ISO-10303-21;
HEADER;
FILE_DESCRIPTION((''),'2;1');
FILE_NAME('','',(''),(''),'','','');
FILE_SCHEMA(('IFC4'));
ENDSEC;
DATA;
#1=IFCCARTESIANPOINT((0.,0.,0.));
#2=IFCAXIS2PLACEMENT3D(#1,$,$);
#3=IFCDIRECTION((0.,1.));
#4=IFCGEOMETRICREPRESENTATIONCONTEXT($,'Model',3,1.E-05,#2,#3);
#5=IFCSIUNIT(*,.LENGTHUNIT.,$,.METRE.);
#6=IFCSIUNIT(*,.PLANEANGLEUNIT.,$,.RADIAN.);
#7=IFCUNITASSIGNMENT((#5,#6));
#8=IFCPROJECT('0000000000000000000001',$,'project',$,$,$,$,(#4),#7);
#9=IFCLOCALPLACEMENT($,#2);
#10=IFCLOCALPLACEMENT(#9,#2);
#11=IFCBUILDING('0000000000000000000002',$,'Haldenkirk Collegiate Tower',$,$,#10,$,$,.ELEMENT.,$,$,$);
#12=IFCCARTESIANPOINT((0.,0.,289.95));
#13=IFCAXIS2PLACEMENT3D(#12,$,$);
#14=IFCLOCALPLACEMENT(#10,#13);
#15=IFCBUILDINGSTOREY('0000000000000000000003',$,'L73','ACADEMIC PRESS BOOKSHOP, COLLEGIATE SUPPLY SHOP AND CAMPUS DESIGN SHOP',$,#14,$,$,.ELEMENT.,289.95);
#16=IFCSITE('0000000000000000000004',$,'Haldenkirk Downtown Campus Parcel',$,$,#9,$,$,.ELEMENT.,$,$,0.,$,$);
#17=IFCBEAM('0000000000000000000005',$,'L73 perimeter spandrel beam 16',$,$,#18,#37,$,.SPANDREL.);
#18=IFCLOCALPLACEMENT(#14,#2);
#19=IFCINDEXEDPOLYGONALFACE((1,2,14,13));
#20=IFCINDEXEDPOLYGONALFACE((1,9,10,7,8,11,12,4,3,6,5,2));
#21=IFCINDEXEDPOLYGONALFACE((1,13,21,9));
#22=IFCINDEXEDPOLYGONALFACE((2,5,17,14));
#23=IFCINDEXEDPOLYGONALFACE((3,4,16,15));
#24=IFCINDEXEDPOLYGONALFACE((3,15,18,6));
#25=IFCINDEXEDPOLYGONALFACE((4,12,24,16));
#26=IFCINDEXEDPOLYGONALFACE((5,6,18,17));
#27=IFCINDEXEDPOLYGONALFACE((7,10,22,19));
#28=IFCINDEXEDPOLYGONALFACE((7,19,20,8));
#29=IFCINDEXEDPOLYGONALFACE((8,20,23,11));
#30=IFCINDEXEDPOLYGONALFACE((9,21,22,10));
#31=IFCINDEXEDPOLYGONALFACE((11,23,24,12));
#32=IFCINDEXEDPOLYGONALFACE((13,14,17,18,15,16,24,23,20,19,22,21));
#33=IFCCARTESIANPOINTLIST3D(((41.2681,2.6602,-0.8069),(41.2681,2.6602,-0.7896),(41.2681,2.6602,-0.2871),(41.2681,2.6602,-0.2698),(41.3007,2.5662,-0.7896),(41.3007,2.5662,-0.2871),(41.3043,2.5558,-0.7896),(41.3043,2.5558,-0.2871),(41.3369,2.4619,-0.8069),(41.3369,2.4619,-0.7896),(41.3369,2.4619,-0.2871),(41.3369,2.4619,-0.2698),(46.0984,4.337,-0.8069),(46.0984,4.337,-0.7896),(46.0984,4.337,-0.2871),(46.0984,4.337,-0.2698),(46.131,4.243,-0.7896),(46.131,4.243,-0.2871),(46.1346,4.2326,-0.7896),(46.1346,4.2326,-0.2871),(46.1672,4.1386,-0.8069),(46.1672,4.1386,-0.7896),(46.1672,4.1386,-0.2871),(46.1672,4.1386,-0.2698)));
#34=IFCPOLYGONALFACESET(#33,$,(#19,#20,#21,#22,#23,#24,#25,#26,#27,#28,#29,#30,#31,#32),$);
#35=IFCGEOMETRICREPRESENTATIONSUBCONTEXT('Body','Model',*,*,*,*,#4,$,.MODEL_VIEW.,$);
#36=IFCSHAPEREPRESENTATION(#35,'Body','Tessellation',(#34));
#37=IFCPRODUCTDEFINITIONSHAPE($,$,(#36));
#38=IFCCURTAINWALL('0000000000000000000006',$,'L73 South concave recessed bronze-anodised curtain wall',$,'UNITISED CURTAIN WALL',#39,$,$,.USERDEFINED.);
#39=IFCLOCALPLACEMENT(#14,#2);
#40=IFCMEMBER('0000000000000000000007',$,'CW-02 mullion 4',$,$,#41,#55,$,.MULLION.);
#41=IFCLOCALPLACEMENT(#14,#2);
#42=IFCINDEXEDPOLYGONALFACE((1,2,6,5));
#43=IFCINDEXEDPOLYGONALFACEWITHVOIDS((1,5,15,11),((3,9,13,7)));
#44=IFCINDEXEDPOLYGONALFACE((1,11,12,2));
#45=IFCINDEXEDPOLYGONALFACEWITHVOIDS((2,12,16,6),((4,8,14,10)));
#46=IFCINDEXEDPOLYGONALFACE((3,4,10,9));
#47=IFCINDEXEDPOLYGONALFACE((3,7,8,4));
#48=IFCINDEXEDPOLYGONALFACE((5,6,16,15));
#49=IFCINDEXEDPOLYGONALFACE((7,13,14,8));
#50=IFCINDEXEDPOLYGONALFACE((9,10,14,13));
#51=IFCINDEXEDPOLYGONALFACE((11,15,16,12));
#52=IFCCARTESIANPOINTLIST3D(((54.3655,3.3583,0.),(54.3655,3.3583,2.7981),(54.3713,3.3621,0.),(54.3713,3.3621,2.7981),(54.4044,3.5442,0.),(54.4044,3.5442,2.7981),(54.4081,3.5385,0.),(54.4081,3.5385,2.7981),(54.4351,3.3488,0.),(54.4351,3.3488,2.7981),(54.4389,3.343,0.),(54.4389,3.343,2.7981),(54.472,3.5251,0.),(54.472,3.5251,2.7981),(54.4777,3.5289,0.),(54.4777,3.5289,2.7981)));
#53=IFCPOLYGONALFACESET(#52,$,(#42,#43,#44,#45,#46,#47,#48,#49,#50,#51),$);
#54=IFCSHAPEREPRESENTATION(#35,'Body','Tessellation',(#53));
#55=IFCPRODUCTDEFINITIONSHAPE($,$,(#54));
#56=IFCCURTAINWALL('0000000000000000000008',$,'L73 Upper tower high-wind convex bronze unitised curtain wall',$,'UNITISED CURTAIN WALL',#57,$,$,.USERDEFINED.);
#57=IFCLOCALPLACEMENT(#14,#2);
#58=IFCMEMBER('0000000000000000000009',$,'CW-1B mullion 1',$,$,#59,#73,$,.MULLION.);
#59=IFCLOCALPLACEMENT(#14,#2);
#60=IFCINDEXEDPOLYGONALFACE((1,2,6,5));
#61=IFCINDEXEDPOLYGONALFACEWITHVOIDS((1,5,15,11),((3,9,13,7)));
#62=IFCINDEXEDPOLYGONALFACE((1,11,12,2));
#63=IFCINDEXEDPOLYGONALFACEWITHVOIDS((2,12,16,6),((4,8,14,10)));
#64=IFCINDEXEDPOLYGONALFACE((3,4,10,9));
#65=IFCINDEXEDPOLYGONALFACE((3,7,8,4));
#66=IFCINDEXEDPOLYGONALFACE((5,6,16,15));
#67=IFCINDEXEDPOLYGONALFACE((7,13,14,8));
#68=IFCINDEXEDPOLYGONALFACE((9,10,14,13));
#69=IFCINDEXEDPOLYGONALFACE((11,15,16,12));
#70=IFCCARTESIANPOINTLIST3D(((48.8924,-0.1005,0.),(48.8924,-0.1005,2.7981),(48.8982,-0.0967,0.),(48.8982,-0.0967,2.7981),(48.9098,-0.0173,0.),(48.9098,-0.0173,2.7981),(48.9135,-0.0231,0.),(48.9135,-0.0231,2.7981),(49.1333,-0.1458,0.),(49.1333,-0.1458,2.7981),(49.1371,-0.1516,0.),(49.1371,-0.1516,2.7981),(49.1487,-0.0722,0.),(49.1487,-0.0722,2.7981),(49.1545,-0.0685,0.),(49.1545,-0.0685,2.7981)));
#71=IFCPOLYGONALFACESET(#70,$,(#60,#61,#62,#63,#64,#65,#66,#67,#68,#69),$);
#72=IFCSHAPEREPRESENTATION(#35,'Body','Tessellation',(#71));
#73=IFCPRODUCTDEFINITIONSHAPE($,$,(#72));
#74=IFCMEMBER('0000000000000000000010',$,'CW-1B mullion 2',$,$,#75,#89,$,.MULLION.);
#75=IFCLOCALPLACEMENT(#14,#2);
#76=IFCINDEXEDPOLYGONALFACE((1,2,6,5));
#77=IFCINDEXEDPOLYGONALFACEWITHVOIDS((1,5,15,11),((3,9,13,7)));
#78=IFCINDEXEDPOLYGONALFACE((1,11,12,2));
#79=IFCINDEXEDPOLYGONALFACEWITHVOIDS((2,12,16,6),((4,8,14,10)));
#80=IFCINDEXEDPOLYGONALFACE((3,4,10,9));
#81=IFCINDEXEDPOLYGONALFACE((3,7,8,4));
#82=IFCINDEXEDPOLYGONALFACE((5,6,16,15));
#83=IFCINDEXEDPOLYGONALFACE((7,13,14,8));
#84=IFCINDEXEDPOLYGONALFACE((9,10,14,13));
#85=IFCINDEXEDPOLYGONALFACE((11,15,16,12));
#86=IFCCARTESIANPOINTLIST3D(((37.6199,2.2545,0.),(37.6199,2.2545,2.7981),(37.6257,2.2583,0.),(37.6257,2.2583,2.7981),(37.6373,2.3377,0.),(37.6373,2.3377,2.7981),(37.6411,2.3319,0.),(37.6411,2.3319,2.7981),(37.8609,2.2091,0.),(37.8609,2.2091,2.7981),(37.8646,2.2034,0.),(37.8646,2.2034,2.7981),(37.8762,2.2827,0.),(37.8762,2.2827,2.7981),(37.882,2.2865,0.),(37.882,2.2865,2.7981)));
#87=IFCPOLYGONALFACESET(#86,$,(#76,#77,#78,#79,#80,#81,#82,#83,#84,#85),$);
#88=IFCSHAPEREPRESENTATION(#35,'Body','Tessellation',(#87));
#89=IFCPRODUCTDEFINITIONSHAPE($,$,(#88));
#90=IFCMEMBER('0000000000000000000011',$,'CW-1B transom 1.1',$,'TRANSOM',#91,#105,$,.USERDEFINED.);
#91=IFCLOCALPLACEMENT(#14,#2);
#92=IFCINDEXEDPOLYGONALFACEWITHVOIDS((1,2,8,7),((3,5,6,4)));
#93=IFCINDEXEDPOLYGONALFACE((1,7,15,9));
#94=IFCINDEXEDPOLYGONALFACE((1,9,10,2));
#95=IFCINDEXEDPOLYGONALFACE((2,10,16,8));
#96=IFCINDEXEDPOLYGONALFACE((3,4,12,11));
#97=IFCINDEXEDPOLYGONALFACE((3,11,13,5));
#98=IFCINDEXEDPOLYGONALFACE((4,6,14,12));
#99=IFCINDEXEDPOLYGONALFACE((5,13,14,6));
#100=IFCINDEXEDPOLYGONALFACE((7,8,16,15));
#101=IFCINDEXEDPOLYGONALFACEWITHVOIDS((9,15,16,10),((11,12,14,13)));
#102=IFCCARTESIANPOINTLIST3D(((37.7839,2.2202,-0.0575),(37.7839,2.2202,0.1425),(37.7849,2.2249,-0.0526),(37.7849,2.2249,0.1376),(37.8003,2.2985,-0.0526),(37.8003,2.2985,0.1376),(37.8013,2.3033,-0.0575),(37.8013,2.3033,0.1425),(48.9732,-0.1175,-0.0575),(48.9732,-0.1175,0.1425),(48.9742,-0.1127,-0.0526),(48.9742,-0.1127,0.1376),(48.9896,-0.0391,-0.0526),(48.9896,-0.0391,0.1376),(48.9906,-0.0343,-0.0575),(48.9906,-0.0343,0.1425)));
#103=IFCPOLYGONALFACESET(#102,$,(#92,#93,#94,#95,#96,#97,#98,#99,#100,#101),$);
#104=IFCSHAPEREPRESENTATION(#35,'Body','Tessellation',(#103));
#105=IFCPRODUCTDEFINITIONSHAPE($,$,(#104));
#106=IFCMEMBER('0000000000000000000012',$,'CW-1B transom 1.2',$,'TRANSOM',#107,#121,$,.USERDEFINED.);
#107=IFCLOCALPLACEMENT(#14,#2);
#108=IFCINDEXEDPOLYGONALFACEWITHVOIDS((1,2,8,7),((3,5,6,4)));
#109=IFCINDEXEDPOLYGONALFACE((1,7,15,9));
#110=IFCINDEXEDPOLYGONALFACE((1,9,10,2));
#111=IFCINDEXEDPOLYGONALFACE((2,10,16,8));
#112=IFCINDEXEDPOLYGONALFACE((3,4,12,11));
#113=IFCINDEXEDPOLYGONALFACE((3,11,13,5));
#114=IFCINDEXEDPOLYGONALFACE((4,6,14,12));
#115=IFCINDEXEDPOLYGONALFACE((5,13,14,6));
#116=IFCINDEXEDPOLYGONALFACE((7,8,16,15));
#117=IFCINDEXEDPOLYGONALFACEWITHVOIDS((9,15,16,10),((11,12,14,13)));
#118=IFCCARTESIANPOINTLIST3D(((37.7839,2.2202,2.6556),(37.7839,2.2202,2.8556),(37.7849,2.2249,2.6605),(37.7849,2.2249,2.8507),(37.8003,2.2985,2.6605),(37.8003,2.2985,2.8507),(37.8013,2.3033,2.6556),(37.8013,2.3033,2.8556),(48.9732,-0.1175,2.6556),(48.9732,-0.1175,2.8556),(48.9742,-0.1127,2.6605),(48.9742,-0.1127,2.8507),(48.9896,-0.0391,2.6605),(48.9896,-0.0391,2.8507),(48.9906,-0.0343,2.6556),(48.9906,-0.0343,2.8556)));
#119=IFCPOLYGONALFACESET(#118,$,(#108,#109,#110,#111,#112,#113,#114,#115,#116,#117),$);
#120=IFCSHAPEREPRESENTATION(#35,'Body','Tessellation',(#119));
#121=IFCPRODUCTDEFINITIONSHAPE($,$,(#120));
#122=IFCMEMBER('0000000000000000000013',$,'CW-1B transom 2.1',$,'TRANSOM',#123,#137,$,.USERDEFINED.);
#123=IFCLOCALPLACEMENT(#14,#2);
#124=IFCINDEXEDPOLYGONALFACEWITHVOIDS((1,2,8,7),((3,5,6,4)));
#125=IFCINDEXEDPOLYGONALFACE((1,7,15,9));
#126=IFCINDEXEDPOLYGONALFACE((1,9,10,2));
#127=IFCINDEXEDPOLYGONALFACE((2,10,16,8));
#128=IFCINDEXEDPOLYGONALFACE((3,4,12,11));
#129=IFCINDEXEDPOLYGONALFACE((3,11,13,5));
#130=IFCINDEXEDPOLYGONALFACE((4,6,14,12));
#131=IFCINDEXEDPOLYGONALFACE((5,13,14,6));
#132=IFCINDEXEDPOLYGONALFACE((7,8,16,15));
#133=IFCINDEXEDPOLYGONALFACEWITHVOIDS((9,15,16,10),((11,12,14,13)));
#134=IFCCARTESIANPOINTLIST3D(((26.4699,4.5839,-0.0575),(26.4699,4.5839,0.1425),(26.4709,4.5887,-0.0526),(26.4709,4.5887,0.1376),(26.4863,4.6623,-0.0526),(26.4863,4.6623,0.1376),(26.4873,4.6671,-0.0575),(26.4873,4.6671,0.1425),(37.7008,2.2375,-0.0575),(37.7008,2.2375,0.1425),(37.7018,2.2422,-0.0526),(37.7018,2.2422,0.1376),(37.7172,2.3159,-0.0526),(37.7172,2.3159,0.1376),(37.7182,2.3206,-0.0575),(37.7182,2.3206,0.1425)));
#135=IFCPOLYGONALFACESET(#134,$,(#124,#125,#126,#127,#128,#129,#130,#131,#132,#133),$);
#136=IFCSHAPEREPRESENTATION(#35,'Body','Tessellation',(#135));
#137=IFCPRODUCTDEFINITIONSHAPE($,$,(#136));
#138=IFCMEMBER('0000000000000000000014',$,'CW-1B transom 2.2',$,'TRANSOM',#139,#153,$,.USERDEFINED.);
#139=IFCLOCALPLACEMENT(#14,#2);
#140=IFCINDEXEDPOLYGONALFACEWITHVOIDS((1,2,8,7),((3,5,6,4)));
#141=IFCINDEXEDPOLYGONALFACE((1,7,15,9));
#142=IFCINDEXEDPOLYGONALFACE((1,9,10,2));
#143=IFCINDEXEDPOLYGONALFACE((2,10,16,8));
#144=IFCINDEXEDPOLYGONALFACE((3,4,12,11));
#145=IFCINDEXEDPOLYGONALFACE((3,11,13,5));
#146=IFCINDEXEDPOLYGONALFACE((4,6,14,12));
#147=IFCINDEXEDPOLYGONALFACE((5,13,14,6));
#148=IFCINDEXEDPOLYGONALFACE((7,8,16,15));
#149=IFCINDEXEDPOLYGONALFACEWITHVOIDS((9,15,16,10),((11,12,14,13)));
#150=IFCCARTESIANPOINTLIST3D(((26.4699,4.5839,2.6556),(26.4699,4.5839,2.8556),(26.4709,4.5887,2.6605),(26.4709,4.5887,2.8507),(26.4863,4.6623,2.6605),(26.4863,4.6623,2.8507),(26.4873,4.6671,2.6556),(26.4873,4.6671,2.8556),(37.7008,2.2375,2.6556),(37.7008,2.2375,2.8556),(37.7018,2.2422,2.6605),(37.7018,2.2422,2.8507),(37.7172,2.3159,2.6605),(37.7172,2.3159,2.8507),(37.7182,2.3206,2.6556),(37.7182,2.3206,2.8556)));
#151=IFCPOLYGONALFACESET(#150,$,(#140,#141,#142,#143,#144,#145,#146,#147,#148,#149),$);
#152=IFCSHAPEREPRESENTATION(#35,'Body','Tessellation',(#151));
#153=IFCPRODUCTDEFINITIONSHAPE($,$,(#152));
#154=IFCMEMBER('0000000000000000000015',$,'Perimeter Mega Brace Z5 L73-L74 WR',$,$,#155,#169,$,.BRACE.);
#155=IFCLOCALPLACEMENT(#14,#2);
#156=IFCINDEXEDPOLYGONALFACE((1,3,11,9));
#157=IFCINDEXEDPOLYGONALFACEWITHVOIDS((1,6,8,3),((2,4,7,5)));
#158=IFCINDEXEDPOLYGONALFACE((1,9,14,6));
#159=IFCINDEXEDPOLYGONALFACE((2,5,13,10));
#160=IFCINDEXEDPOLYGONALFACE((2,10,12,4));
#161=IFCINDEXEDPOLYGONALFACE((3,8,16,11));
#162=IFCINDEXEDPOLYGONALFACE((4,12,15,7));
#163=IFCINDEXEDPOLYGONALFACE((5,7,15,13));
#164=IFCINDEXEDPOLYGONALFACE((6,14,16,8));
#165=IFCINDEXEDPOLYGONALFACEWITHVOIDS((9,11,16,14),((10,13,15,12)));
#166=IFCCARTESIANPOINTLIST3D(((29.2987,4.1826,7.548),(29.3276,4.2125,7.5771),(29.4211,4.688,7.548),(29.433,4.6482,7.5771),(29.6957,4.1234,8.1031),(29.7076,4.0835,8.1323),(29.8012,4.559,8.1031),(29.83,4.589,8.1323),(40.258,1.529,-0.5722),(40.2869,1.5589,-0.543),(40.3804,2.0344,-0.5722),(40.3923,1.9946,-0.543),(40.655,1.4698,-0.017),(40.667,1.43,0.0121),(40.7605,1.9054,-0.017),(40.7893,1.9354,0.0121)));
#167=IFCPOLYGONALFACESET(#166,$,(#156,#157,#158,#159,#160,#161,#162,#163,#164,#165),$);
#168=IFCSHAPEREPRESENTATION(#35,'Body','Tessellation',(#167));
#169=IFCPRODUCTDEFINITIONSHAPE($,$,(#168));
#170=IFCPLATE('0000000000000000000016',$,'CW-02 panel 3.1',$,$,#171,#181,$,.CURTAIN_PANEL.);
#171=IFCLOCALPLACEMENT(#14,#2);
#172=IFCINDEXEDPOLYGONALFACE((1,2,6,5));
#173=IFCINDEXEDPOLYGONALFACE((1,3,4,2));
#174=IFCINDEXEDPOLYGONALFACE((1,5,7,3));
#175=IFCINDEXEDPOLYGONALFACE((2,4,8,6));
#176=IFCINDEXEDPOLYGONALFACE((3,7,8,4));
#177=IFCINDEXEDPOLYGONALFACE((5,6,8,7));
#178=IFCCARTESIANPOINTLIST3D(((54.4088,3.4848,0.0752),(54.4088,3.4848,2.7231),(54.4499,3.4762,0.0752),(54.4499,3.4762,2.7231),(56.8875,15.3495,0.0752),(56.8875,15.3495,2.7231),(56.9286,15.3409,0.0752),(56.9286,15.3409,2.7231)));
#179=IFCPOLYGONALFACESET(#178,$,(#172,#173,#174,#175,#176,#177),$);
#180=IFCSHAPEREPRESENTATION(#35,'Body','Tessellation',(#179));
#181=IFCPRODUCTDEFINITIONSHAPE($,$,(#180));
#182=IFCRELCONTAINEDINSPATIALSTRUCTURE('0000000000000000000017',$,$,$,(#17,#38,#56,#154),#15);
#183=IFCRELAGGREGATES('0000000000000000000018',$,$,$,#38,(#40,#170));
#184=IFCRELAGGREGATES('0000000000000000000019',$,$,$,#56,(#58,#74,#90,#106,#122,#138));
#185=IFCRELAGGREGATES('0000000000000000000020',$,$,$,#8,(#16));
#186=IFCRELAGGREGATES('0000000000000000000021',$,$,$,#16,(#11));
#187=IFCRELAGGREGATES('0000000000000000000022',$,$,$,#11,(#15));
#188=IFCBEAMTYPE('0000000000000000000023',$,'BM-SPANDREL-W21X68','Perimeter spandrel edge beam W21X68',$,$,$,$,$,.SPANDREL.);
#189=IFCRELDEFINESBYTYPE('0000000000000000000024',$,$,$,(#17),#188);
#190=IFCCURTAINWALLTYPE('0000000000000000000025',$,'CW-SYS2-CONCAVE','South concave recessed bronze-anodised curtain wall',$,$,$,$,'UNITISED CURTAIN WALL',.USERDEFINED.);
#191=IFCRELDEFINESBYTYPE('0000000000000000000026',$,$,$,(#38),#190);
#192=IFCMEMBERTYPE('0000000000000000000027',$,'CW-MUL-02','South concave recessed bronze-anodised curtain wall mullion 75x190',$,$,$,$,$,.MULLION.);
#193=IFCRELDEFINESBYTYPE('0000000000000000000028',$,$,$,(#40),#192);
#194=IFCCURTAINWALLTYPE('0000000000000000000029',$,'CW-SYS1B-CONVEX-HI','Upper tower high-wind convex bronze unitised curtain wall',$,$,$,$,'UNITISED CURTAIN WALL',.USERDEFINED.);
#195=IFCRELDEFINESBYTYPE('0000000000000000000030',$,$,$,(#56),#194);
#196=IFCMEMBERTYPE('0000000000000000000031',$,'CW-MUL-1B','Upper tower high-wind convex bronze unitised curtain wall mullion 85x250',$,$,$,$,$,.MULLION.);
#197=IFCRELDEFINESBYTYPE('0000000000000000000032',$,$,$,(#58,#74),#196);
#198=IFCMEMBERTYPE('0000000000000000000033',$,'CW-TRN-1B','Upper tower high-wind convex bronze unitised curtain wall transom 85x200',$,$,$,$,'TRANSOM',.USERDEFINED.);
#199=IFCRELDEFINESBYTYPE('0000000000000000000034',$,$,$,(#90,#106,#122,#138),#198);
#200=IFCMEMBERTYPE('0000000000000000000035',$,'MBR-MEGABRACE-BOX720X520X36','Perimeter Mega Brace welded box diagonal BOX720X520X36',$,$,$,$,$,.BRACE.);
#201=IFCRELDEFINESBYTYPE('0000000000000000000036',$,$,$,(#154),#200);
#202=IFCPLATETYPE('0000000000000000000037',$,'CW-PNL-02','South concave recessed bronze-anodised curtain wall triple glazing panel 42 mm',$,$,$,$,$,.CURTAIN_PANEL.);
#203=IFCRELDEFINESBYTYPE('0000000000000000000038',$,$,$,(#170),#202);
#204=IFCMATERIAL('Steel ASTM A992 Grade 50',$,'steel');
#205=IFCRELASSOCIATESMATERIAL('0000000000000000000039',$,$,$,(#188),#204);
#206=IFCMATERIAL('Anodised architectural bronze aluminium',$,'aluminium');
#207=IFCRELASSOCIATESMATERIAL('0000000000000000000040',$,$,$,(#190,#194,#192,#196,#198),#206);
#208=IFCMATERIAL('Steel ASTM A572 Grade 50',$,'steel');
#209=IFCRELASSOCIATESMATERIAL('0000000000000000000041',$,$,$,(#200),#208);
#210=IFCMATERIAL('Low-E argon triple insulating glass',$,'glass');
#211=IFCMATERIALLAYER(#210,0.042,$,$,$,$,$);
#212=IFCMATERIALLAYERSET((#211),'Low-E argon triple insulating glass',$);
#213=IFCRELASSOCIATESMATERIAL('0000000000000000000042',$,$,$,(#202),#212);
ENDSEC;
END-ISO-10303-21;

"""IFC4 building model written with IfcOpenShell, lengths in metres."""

from ifc_helpers import new_model, si_unit, direction, frame, origin, origin_2d, place, context, subcontext, project, spatial, rectangle, hollow_rectangle, i_section, extrude, source, transform, mapped, material, layer, layer_set, material_profile, profile_set, type_object, element, aggregate, save


model = new_model("IFC4")

# Units and contexts
model_context = context("Model", 3, precision=1e-05, world=origin(), true_north=direction((0.0, 1.0)))
body_context = subcontext(model_context, "Body", "Model", "MODEL_VIEW")
ifc_project = project(units=[si_unit("LENGTHUNIT", "METRE"), si_unit("PLANEANGLEUNIT", "RADIAN")], contexts=[model_context])

# Site, building, storey
site_placement = place(None, origin())
site = spatial("IfcSite", under=ifc_project, at=site_placement, Name="Haldenkirk Downtown Campus Parcel", CompositionType="ELEMENT", RefElevation=0.0)
building_placement = place(site_placement, origin())
building = spatial("IfcBuilding", under=site, at=building_placement, Name="Haldenkirk Collegiate Tower", CompositionType="ELEMENT")
storey_placement = place(building_placement, frame((0.0, 0.0, 289.95)))
storey = spatial("IfcBuildingStorey", under=building, at=storey_placement, Name="L73", Description="ACADEMIC PRESS BOOKSHOP, COLLEGIATE SUPPLY SHOP AND CAMPUS DESIGN SHOP", CompositionType="ELEMENT", Elevation=289.95)

# Shared definitions
ifc_material_1 = material(Name="Steel ASTM A572 Grade 50", Category="steel")

# Beam
ifc_material_2 = material(Name="Steel ASTM A992 Grade 50", Category="steel")
ifc_material_profile_1 = material_profile(ifc_material_2, i_section(OverallWidth=0.21, OverallDepth=0.5371, WebThickness=0.011, FlangeThickness=0.0173, at=origin_2d()), Name="W21X68")
ifc_profile_set_1 = profile_set([ifc_material_profile_1], Name="Steel ASTM A992 Grade 50")
beam_type_1 = type_object("IfcBeamType", Name="BM-SPANDREL-W21X68", Description="Perimeter spandrel edge beam W21X68", PredefinedType="SPANDREL", material=ifc_profile_set_1)
beam_1_placement = place(storey_placement, frame((41.3025, 2.561, -0.5383), z_axis=(0.9447, 0.327935, 0.0), x_axis=(-0.327935, 0.9447, 0.0)))
element("IfcBeam", 1, at=beam_1_placement, inside=storey, type_object=beam_type_1, Name="L73 perimeter spandrel beam 16", PredefinedType="SPANDREL", context=body_context, shape_type="SweptSolid", body=[
    extrude(i_section(OverallWidth=0.21, OverallDepth=0.5371, WebThickness=0.011, FlangeThickness=0.0173, at=origin_2d()), origin(), (0.0, 0.0, 1.0), 5.113),
])

# Curtain wall, member
ifc_material_3 = material(Name="Anodised architectural bronze aluminium", Category="aluminium")
curtain_wall_type_1 = type_object("IfcCurtainWallType", Name="CW-SYS2-CONCAVE", Description="South concave recessed bronze-anodised curtain wall", ElementType="UNITISED CURTAIN WALL", PredefinedType="USERDEFINED", material=ifc_material_3)
curtain_wall_1_placement = place(storey_placement, origin())
curtain_wall_1 = element("IfcCurtainWall", 2, at=curtain_wall_1_placement, inside=storey, type_object=curtain_wall_type_1, Name="L73 South concave recessed bronze-anodised curtain wall", ObjectType="UNITISED CURTAIN WALL", PredefinedType="USERDEFINED")
ifc_material_profile_2 = material_profile(ifc_material_3, hollow_rectangle(XDim=0.075, YDim=0.1899, WallThickness=0.0049, at=origin_2d()), Name="CW-MUL-02")
ifc_profile_set_2 = profile_set([ifc_material_profile_2], Name="Anodised architectural bronze aluminium")
member_type_1 = type_object("IfcMemberType", Name="CW-MUL-02", Description="South concave recessed bronze-anodised curtain wall mullion 75x190", PredefinedType="MULLION", material=ifc_profile_set_2)
member_1_placement = place(storey_placement, frame((54.4216, 3.4436, 0.0), z_axis=(0.0, 0.0, 1.0), x_axis=(0.978867, -0.204499, 0.0)))
member_1 = element("IfcMember", 3, at=member_1_placement, type_object=member_type_1, Name="CW-02 mullion 4", PredefinedType="MULLION", context=body_context, shape_type="SweptSolid", body=[
    extrude(hollow_rectangle(XDim=0.075, YDim=0.1899, WallThickness=0.0049, at=origin_2d()), origin(), (0.0, 0.0, 1.0), 2.7981),
])

# Curtain wall, members
curtain_wall_type_2 = type_object("IfcCurtainWallType", Name="CW-SYS1B-CONVEX-HI", Description="Upper tower high-wind convex bronze unitised curtain wall", ElementType="UNITISED CURTAIN WALL", PredefinedType="USERDEFINED", material=ifc_material_3)
curtain_wall_2_placement = place(storey_placement, origin())
curtain_wall_2 = element("IfcCurtainWall", 4, at=curtain_wall_2_placement, inside=storey, type_object=curtain_wall_type_2, Name="L73 Upper tower high-wind convex bronze unitised curtain wall", ObjectType="UNITISED CURTAIN WALL", PredefinedType="USERDEFINED")
ifc_material_profile_3 = material_profile(ifc_material_3, hollow_rectangle(XDim=0.085, YDim=0.25, WallThickness=0.0049, at=origin_2d()), Name="CW-MUL-1B")
ifc_profile_set_3 = profile_set([ifc_material_profile_3], Name="Anodised architectural bronze aluminium")
member_type_2 = type_object("IfcMemberType", Name="CW-MUL-1B", Description="Upper tower high-wind convex bronze unitised curtain wall mullion 85x250", PredefinedType="MULLION", material=ifc_profile_set_3)
member_2_placement = place(storey_placement, frame((49.0234, -0.0845, 0.0), z_axis=(0.0, 0.0, 1.0), x_axis=(-0.204499, -0.978867, 0.0)))
member_2 = element("IfcMember", 5, at=member_2_placement, type_object=member_type_2, Name="CW-1B mullion 1", PredefinedType="MULLION", context=body_context, shape_type="SweptSolid", body=[
    extrude(hollow_rectangle(XDim=0.085, YDim=0.25, WallThickness=0.0049, at=origin_2d()), origin(), (0.0, 0.0, 1.0), 2.7981),
])
member_3_placement = place(storey_placement, frame((37.751, 2.2705, 0.0), z_axis=(0.0, 0.0, 1.0), x_axis=(-0.204499, -0.978867, 0.0)))
member_3 = element("IfcMember", 6, at=member_3_placement, type_object=member_type_2, Name="CW-1B mullion 2", PredefinedType="MULLION", context=body_context, shape_type="SweptSolid", body=[
    extrude(hollow_rectangle(XDim=0.085, YDim=0.25, WallThickness=0.0049, at=origin_2d()), origin(), (0.0, 0.0, 1.0), 2.7981),
])
ifc_material_profile_4 = material_profile(ifc_material_3, hollow_rectangle(XDim=0.085, YDim=0.2, WallThickness=0.0049, at=origin_2d()), Name="CW-TRN-1B")
ifc_profile_set_4 = profile_set([ifc_material_profile_4], Name="Anodised architectural bronze aluminium")
member_type_3 = type_object("IfcMemberType", Name="CW-TRN-1B", Description="Upper tower high-wind convex bronze unitised curtain wall transom 85x200", ElementType="TRANSOM", PredefinedType="USERDEFINED", material=ifc_profile_set_4)
member_4_placement = place(storey_placement, frame((48.9819, -0.0759, 0.0425), z_axis=(-0.978866, 0.204504, 0.0), x_axis=(-0.204504, -0.978866, 0.0)))
member_4 = element("IfcMember", 7, at=member_4_placement, type_object=member_type_3, Name="CW-1B transom 1.1", ObjectType="TRANSOM", PredefinedType="USERDEFINED", context=body_context, shape_type="SweptSolid", body=[
    extrude(hollow_rectangle(XDim=0.085, YDim=0.2, WallThickness=0.0049, at=origin_2d()), origin(), (0.0, 0.0, 1.0), 11.4309),
])
member_5_placement = place(storey_placement, frame((48.9819, -0.0759, 2.7556), z_axis=(-0.978866, 0.204504, 0.0), x_axis=(-0.204504, -0.978866, 0.0)))
member_5 = element("IfcMember", 8, at=member_5_placement, type_object=member_type_3, Name="CW-1B transom 1.2", ObjectType="TRANSOM", PredefinedType="USERDEFINED", context=body_context, shape_type="SweptSolid", body=[
    extrude(hollow_rectangle(XDim=0.085, YDim=0.2, WallThickness=0.0049, at=origin_2d()), origin(), (0.0, 0.0, 1.0), 11.4309),
])
member_6_placement = place(storey_placement, frame((37.7095, 2.2791, 0.0425), z_axis=(-0.978864, 0.20451, 0.0), x_axis=(-0.20451, -0.978864, 0.0)))
member_6 = element("IfcMember", 9, at=member_6_placement, type_object=member_type_3, Name="CW-1B transom 2.1", ObjectType="TRANSOM", PredefinedType="USERDEFINED", context=body_context, shape_type="SweptSolid", body=[
    extrude(hollow_rectangle(XDim=0.085, YDim=0.2, WallThickness=0.0049, at=origin_2d()), origin(), (0.0, 0.0, 1.0), 11.4734),
])
member_7_placement = place(storey_placement, frame((37.7095, 2.2791, 2.7556), z_axis=(-0.978864, 0.20451, 0.0), x_axis=(-0.20451, -0.978864, 0.0)))
member_7 = element("IfcMember", 10, at=member_7_placement, type_object=member_type_3, Name="CW-1B transom 2.2", ObjectType="TRANSOM", PredefinedType="USERDEFINED", context=body_context, shape_type="SweptSolid", body=[
    extrude(hollow_rectangle(XDim=0.085, YDim=0.2, WallThickness=0.0049, at=origin_2d()), origin(), (0.0, 0.0, 1.0), 11.4734),
])

# Member
ifc_material_profile_5 = material_profile(ifc_material_1, hollow_rectangle(XDim=0.52, YDim=0.72, WallThickness=0.0359, at=origin_2d()), Name="BOX720X520X36")
ifc_profile_set_5 = profile_set([ifc_material_profile_5], Name="Steel ASTM A572 Grade 50")
member_type_4 = type_object("IfcMemberType", Name="MBR-MEGABRACE-BOX720X520X36", Description="Perimeter Mega Brace welded box diagonal BOX720X520X36", PredefinedType="BRACE", material=ifc_profile_set_5)
member_8_placement = place(storey_placement, frame((40.5237, 1.7322, -0.28), z_axis=(-0.788694, 0.190967, 0.584374), x_axis=(-0.23533, -0.971915, 0.0)))
element("IfcMember", 11, at=member_8_placement, inside=storey, type_object=member_type_4, Name="Perimeter Mega Brace Z5 L73-L74 WR", PredefinedType="BRACE", context=body_context, shape_type="SweptSolid", body=[
    extrude(hollow_rectangle(XDim=0.52, YDim=0.72, WallThickness=0.0359, at=origin_2d()), origin(), (0.0, 0.0, 1.0), 13.8955),
])

# Plate
ifc_material_4 = material(Name="Low-E argon triple insulating glass", Category="glass")
ifc_layer_1 = layer(ifc_material_4, 0.042)
ifc_layer_set_1 = layer_set([ifc_layer_1], Name="Low-E argon triple insulating glass")
plate_type_1 = type_object("IfcPlateType", Name="CW-PNL-02", Description="South concave recessed bronze-anodised curtain wall triple glazing panel 42 mm", PredefinedType="CURTAIN_PANEL", material=ifc_layer_set_1)
shared_shape_1 = source(origin(), body_context, "Body", "SweptSolid", [
    extrude(rectangle(XDim=12.1208, YDim=0.042, at=origin_2d()), origin(), (0.0, 0.0, 1.0), 2.6479),
])
plate_1_placement = place(storey_placement, frame((55.6687, 9.4128, 0.0752), z_axis=(0.0, 0.0, 1.0), x_axis=(-0.204499, -0.978867, 0.0)))
plate_1 = element("IfcPlate", 12, at=plate_1_placement, type_object=plate_type_1, Name="CW-02 panel 3.1", PredefinedType="CURTAIN_PANEL", context=body_context, shape_type="MappedRepresentation", body=[
    mapped(shared_shape_1, transform((0.0, 0.0, 0.0), x_axis=(1.0, 0.0, 0.0), y_axis=(0.0, 1.0, 0.0), z_axis=(0.0, 0.0, 1.0), scale=1.0)),
])
aggregate(curtain_wall_1, [member_1, plate_1])
aggregate(curtain_wall_2, [member_2, member_3, member_4, member_5, member_6, member_7])

save(model, "model.ifc")
